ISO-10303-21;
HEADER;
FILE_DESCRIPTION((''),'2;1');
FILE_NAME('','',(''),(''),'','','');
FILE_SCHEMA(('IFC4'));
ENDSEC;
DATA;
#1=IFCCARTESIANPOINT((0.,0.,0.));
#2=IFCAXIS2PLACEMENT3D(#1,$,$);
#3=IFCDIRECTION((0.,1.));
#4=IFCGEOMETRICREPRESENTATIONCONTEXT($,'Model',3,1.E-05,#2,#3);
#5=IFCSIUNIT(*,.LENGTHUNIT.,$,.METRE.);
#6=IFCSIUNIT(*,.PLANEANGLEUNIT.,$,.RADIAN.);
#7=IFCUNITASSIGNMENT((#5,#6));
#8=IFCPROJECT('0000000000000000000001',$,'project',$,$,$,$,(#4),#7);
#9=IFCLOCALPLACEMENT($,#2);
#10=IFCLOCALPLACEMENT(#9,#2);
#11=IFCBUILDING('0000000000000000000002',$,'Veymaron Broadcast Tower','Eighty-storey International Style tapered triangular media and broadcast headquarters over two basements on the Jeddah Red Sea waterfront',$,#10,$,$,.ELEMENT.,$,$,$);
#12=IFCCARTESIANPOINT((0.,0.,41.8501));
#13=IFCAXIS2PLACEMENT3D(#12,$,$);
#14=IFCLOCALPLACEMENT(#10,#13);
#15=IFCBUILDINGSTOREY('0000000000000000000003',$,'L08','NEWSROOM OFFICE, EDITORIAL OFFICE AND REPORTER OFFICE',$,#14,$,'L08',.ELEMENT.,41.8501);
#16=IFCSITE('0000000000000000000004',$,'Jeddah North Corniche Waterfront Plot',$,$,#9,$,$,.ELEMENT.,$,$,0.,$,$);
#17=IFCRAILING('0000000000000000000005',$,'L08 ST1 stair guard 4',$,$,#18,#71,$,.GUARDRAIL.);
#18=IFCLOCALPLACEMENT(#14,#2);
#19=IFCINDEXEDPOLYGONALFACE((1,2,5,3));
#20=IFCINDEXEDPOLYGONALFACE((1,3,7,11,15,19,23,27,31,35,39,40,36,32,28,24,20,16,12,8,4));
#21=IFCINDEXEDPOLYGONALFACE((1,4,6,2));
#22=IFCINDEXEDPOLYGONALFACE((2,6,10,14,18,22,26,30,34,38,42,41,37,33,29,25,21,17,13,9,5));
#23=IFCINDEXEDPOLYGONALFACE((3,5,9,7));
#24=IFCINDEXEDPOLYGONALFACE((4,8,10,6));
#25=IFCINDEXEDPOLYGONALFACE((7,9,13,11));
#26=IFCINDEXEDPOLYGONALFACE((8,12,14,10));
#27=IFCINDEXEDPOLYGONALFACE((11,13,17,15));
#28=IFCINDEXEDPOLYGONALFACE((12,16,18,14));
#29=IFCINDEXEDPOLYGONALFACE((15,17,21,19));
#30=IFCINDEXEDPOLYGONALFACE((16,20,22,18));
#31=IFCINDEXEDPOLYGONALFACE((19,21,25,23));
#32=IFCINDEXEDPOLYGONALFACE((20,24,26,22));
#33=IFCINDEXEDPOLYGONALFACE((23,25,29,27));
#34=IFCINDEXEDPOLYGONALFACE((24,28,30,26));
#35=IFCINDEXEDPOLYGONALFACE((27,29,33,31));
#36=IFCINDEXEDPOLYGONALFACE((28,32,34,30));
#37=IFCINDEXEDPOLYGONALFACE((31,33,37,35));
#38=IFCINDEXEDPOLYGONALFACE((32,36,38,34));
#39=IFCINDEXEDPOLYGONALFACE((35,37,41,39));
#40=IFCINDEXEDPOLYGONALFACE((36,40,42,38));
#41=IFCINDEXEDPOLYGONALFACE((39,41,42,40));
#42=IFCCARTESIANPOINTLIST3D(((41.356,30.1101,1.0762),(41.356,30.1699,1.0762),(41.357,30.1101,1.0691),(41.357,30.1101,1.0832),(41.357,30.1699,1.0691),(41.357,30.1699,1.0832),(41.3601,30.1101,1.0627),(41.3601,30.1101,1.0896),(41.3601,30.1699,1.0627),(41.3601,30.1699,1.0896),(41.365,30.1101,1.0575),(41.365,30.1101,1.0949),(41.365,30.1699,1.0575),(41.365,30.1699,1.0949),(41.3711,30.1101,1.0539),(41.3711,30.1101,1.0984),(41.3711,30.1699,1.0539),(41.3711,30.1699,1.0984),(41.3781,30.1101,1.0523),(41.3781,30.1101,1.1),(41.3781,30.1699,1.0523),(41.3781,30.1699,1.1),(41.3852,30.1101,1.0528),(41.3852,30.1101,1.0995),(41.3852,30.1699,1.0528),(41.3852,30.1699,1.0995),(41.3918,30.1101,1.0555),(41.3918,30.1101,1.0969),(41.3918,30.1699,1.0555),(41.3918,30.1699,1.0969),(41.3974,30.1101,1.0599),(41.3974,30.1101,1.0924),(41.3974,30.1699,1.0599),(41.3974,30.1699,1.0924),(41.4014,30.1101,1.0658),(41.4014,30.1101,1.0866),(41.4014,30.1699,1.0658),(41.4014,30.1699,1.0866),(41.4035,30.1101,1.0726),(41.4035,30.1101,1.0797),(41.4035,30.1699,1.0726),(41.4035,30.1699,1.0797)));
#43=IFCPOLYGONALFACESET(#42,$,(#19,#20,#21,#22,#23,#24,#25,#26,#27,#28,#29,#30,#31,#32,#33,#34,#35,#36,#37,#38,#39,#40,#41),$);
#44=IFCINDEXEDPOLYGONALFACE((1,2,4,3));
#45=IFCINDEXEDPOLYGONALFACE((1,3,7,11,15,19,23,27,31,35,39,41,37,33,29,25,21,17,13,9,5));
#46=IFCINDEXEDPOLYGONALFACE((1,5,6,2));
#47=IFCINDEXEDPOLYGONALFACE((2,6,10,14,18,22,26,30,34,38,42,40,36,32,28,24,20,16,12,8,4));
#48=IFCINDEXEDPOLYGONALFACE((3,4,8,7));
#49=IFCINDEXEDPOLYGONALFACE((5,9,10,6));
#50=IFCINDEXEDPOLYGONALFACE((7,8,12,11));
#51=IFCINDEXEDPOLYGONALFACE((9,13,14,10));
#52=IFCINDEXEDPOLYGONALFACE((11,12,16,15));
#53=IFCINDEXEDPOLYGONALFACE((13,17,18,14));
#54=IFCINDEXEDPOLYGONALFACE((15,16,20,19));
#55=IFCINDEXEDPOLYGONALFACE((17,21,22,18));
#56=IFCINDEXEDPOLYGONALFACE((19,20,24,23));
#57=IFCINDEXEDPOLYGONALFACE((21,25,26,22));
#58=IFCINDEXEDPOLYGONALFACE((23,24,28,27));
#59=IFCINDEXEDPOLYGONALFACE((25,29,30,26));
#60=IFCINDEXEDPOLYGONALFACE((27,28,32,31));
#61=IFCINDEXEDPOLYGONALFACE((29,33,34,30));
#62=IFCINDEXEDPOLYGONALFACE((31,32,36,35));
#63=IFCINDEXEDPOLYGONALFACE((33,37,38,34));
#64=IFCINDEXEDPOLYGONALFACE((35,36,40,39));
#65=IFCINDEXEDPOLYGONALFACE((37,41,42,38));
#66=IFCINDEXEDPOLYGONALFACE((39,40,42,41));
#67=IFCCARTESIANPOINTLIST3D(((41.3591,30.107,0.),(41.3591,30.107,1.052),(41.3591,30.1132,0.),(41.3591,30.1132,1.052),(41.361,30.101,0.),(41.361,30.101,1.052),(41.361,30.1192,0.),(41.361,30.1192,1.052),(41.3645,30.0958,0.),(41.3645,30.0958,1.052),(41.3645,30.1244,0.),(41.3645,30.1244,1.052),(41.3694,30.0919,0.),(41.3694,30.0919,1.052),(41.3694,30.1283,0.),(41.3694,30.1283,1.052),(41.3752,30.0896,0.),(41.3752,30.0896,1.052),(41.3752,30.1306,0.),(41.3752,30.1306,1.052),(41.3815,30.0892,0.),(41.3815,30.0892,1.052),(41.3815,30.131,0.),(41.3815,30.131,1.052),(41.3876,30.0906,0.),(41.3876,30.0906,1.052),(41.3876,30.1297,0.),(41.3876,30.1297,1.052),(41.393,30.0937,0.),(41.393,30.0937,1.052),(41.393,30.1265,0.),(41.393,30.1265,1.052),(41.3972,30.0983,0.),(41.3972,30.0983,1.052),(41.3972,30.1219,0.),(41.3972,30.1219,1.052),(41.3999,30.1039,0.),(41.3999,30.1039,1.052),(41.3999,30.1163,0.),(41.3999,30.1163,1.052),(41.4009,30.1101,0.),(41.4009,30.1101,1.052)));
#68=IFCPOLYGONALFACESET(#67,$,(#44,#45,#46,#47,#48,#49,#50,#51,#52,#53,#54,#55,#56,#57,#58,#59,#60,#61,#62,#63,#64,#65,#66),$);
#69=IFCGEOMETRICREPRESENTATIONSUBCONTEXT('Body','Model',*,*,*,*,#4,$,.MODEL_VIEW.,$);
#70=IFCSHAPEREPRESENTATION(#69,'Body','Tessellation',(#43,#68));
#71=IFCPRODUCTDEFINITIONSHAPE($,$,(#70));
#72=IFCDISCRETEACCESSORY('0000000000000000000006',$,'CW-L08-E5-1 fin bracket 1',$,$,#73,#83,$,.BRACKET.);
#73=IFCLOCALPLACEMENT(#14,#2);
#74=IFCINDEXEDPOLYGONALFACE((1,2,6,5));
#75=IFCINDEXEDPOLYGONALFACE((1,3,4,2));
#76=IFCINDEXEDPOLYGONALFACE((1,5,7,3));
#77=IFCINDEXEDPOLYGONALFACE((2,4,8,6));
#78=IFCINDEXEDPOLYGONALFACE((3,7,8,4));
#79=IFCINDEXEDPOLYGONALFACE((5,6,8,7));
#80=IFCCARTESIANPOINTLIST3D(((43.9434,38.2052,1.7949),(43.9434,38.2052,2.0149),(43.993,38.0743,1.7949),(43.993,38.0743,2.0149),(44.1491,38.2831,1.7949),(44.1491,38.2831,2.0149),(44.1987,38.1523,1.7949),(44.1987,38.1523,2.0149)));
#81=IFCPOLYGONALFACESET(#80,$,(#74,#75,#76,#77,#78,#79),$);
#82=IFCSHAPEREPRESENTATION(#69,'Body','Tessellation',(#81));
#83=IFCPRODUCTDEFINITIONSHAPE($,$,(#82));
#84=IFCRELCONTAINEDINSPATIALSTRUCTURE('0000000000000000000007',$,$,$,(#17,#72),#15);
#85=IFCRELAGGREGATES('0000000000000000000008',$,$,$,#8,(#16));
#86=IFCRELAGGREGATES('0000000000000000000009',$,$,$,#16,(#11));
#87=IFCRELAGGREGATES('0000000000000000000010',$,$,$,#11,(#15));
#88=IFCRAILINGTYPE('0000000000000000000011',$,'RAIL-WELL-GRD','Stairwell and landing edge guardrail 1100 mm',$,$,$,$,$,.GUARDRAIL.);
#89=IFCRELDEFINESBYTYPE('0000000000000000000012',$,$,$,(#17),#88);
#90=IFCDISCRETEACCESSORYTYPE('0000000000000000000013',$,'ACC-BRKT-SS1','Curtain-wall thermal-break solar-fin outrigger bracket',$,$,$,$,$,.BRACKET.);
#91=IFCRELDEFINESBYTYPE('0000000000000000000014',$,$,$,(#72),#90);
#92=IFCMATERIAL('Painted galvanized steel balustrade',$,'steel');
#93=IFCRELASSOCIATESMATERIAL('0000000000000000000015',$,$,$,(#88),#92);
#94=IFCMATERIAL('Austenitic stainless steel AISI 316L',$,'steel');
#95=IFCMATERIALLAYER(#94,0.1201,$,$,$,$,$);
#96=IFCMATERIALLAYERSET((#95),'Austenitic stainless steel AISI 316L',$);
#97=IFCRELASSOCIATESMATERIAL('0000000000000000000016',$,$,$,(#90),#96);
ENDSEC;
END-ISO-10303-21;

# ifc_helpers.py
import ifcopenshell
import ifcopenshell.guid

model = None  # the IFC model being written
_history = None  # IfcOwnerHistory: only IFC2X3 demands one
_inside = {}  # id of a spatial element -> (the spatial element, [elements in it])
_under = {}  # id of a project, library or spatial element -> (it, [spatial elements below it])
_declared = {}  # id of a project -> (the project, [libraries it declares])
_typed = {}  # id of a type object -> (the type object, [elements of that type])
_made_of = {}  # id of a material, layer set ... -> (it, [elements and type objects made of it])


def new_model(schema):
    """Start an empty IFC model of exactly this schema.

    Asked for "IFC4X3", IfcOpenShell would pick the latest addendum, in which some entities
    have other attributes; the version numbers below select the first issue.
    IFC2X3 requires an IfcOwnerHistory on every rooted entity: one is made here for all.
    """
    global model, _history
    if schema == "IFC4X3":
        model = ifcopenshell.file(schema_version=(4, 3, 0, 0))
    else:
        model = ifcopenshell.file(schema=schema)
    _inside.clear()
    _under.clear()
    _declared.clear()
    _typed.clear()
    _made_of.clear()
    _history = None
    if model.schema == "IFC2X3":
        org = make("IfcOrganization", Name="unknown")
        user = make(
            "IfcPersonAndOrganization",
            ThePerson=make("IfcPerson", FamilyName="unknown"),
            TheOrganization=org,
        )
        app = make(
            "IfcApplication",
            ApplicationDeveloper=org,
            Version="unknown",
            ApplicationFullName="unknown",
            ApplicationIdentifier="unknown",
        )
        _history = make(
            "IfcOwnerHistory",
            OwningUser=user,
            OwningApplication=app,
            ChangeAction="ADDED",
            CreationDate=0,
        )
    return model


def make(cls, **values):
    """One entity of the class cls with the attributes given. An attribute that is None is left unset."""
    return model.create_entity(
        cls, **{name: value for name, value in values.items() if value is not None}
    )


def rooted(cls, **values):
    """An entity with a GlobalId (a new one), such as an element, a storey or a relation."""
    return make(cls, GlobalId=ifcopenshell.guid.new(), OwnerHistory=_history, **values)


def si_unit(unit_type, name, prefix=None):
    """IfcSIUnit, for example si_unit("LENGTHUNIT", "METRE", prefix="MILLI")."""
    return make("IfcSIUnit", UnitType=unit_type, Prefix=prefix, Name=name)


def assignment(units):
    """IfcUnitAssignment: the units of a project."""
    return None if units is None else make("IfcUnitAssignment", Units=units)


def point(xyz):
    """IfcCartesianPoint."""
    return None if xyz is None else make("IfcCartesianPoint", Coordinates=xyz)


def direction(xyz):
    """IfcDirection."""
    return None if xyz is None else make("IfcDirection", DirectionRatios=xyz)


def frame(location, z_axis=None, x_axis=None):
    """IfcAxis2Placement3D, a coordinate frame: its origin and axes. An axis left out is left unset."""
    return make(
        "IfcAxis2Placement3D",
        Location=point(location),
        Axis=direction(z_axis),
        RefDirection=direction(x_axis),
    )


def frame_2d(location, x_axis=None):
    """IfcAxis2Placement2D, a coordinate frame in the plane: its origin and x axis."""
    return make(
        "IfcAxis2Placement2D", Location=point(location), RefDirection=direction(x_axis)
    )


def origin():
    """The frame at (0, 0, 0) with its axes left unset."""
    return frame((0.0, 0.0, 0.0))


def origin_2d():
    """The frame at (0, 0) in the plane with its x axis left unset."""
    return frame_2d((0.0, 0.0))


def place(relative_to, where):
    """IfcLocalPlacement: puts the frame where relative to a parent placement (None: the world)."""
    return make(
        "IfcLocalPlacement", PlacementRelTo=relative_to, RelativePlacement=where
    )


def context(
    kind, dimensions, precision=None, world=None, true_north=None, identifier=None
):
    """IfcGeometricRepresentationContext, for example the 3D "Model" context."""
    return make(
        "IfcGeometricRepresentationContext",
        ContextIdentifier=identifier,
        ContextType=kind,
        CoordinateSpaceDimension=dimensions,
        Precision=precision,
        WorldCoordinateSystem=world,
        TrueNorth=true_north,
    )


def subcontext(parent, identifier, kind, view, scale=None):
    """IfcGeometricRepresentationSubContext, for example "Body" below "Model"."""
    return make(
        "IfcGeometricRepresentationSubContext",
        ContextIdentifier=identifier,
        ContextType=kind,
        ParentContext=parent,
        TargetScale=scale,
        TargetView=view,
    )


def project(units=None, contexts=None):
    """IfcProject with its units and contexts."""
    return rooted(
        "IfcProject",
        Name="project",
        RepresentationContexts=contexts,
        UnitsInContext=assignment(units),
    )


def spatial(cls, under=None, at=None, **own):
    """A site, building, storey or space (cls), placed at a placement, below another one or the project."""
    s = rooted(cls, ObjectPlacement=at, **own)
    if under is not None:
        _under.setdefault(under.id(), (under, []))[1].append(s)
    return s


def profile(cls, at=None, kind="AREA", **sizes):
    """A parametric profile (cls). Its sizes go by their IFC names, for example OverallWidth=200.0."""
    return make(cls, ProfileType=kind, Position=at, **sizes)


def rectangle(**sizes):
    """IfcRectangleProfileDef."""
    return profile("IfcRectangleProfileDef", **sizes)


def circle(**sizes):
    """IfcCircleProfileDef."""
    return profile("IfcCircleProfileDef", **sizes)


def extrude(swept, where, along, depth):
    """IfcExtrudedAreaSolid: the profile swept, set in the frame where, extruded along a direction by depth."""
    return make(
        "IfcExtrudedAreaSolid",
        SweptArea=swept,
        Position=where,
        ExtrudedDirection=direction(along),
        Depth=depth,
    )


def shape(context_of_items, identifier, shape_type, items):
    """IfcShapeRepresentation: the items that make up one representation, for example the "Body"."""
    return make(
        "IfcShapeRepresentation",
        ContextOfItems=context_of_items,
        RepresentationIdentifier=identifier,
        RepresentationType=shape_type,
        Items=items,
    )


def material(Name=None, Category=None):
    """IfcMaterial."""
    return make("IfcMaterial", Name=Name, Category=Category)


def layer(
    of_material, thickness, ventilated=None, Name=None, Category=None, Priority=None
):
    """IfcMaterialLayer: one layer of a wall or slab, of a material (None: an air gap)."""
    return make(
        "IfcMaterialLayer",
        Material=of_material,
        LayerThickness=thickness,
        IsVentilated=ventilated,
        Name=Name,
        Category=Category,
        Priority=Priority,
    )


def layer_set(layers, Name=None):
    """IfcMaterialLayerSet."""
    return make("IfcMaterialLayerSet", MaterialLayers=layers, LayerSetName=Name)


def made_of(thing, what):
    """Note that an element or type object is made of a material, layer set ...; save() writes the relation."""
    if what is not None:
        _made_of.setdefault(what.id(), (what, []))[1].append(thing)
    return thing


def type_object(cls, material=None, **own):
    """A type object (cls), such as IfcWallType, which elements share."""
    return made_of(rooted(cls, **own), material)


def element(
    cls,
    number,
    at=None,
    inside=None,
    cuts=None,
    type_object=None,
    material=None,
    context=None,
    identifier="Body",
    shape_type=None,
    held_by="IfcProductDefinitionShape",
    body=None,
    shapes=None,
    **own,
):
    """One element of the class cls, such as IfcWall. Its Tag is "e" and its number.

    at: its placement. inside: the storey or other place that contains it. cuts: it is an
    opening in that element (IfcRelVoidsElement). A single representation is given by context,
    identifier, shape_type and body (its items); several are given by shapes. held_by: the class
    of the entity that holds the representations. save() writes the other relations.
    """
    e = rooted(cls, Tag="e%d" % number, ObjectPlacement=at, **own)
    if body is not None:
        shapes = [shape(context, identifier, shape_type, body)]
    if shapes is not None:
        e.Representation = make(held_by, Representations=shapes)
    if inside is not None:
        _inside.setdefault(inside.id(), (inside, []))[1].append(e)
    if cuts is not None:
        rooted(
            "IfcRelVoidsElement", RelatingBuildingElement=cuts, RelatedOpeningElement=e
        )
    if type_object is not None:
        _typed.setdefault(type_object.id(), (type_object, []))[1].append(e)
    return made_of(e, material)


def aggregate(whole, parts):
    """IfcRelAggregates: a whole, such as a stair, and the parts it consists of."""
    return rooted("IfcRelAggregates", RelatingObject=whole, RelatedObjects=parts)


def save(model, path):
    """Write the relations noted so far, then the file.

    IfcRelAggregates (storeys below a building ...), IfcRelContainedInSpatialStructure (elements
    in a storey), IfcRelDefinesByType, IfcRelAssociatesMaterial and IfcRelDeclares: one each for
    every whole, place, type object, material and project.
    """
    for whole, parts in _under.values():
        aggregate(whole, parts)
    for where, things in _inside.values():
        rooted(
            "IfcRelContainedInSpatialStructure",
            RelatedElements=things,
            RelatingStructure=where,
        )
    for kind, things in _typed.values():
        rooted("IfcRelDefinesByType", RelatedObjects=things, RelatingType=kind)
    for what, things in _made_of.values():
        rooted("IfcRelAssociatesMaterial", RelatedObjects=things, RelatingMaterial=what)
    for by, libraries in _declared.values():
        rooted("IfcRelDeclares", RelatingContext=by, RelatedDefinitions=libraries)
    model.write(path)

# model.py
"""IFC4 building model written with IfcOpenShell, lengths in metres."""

from ifc_helpers import new_model, si_unit, direction, frame, origin, origin_2d, place, context, subcontext, project, spatial, rectangle, circle, extrude, material, layer, layer_set, type_object, element, save


model = new_model("IFC4")

# Units and contexts
model_context = context("Model", 3, precision=1e-05, world=origin(), true_north=direction((0.0, 1.0)))
body_context = subcontext(model_context, "Body", "Model", "MODEL_VIEW")
ifc_project = project(units=[si_unit("LENGTHUNIT", "METRE"), si_unit("PLANEANGLEUNIT", "RADIAN")], contexts=[model_context])

# Site, building, storey
site_placement = place(None, origin())
site = spatial("IfcSite", under=ifc_project, at=site_placement, Name="Jeddah North Corniche Waterfront Plot", CompositionType="ELEMENT", RefElevation=0.0)
building_placement = place(site_placement, origin())
building = spatial("IfcBuilding", under=site, at=building_placement, Name="Veymaron Broadcast Tower", Description="Eighty-storey International Style tapered triangular media and broadcast headquarters over two basements on the Jeddah Red Sea waterfront", CompositionType="ELEMENT")
storey_placement = place(building_placement, frame((0.0, 0.0, 41.8501)))
storey = spatial("IfcBuildingStorey", under=building, at=storey_placement, Name="L08", Description="NEWSROOM OFFICE, EDITORIAL OFFICE AND REPORTER OFFICE", LongName="L08", CompositionType="ELEMENT", Elevation=41.8501)

# Railing
ifc_material_1 = material(Name="Painted galvanized steel balustrade", Category="steel")
railing_type_1 = type_object("IfcRailingType", Name="RAIL-WELL-GRD", Description="Stairwell and landing edge guardrail 1100 mm", PredefinedType="GUARDRAIL", material=ifc_material_1)
railing_1_placement = place(storey_placement, frame((41.3799, 30.1101, 0.0)))
element("IfcRailing", 1, at=railing_1_placement, inside=storey, type_object=railing_type_1, Name="L08 ST1 stair guard 4", PredefinedType="GUARDRAIL", context=body_context, shape_type="SweptSolid", body=[
    extrude(circle(Radius=0.0239, at=origin_2d()), frame((0.0, 0.0, 1.0762), z_axis=(0.0, 1.0, 0.0), x_axis=(-1.0, 0.0, 0.0)), (0.0, 0.0, 1.0), 0.0598),
    extrude(circle(Radius=0.021, at=origin_2d()), origin(), (0.0, 0.0, 1.0), 1.052),
])

# Discrete accessory
ifc_material_2 = material(Name="Austenitic stainless steel AISI 316L", Category="steel")
ifc_layer_1 = layer(ifc_material_2, 0.1201)
ifc_layer_set_1 = layer_set([ifc_layer_1], Name="Austenitic stainless steel AISI 316L")
discrete_accessory_type = type_object("IfcDiscreteAccessoryType", Name="ACC-BRKT-SS1", Description="Curtain-wall thermal-break solar-fin outrigger bracket", PredefinedType="BRACKET", material=ifc_layer_set_1)
discrete_accessory_placement = place(storey_placement, frame((44.071, 38.1787, 1.7949), z_axis=(0.0, 0.0, 1.0), x_axis=(0.93516, 0.354226, 0.0)))
element("IfcDiscreteAccessory", 2, at=discrete_accessory_placement, inside=storey, type_object=discrete_accessory_type, Name="CW-L08-E5-1 fin bracket 1", PredefinedType="BRACKET", context=body_context, shape_type="SweptSolid", body=[
    extrude(rectangle(XDim=0.22, YDim=0.1399, at=origin_2d()), origin(), (0.0, 0.0, 1.0), 0.22),
])

save(model, "model.ifc")
